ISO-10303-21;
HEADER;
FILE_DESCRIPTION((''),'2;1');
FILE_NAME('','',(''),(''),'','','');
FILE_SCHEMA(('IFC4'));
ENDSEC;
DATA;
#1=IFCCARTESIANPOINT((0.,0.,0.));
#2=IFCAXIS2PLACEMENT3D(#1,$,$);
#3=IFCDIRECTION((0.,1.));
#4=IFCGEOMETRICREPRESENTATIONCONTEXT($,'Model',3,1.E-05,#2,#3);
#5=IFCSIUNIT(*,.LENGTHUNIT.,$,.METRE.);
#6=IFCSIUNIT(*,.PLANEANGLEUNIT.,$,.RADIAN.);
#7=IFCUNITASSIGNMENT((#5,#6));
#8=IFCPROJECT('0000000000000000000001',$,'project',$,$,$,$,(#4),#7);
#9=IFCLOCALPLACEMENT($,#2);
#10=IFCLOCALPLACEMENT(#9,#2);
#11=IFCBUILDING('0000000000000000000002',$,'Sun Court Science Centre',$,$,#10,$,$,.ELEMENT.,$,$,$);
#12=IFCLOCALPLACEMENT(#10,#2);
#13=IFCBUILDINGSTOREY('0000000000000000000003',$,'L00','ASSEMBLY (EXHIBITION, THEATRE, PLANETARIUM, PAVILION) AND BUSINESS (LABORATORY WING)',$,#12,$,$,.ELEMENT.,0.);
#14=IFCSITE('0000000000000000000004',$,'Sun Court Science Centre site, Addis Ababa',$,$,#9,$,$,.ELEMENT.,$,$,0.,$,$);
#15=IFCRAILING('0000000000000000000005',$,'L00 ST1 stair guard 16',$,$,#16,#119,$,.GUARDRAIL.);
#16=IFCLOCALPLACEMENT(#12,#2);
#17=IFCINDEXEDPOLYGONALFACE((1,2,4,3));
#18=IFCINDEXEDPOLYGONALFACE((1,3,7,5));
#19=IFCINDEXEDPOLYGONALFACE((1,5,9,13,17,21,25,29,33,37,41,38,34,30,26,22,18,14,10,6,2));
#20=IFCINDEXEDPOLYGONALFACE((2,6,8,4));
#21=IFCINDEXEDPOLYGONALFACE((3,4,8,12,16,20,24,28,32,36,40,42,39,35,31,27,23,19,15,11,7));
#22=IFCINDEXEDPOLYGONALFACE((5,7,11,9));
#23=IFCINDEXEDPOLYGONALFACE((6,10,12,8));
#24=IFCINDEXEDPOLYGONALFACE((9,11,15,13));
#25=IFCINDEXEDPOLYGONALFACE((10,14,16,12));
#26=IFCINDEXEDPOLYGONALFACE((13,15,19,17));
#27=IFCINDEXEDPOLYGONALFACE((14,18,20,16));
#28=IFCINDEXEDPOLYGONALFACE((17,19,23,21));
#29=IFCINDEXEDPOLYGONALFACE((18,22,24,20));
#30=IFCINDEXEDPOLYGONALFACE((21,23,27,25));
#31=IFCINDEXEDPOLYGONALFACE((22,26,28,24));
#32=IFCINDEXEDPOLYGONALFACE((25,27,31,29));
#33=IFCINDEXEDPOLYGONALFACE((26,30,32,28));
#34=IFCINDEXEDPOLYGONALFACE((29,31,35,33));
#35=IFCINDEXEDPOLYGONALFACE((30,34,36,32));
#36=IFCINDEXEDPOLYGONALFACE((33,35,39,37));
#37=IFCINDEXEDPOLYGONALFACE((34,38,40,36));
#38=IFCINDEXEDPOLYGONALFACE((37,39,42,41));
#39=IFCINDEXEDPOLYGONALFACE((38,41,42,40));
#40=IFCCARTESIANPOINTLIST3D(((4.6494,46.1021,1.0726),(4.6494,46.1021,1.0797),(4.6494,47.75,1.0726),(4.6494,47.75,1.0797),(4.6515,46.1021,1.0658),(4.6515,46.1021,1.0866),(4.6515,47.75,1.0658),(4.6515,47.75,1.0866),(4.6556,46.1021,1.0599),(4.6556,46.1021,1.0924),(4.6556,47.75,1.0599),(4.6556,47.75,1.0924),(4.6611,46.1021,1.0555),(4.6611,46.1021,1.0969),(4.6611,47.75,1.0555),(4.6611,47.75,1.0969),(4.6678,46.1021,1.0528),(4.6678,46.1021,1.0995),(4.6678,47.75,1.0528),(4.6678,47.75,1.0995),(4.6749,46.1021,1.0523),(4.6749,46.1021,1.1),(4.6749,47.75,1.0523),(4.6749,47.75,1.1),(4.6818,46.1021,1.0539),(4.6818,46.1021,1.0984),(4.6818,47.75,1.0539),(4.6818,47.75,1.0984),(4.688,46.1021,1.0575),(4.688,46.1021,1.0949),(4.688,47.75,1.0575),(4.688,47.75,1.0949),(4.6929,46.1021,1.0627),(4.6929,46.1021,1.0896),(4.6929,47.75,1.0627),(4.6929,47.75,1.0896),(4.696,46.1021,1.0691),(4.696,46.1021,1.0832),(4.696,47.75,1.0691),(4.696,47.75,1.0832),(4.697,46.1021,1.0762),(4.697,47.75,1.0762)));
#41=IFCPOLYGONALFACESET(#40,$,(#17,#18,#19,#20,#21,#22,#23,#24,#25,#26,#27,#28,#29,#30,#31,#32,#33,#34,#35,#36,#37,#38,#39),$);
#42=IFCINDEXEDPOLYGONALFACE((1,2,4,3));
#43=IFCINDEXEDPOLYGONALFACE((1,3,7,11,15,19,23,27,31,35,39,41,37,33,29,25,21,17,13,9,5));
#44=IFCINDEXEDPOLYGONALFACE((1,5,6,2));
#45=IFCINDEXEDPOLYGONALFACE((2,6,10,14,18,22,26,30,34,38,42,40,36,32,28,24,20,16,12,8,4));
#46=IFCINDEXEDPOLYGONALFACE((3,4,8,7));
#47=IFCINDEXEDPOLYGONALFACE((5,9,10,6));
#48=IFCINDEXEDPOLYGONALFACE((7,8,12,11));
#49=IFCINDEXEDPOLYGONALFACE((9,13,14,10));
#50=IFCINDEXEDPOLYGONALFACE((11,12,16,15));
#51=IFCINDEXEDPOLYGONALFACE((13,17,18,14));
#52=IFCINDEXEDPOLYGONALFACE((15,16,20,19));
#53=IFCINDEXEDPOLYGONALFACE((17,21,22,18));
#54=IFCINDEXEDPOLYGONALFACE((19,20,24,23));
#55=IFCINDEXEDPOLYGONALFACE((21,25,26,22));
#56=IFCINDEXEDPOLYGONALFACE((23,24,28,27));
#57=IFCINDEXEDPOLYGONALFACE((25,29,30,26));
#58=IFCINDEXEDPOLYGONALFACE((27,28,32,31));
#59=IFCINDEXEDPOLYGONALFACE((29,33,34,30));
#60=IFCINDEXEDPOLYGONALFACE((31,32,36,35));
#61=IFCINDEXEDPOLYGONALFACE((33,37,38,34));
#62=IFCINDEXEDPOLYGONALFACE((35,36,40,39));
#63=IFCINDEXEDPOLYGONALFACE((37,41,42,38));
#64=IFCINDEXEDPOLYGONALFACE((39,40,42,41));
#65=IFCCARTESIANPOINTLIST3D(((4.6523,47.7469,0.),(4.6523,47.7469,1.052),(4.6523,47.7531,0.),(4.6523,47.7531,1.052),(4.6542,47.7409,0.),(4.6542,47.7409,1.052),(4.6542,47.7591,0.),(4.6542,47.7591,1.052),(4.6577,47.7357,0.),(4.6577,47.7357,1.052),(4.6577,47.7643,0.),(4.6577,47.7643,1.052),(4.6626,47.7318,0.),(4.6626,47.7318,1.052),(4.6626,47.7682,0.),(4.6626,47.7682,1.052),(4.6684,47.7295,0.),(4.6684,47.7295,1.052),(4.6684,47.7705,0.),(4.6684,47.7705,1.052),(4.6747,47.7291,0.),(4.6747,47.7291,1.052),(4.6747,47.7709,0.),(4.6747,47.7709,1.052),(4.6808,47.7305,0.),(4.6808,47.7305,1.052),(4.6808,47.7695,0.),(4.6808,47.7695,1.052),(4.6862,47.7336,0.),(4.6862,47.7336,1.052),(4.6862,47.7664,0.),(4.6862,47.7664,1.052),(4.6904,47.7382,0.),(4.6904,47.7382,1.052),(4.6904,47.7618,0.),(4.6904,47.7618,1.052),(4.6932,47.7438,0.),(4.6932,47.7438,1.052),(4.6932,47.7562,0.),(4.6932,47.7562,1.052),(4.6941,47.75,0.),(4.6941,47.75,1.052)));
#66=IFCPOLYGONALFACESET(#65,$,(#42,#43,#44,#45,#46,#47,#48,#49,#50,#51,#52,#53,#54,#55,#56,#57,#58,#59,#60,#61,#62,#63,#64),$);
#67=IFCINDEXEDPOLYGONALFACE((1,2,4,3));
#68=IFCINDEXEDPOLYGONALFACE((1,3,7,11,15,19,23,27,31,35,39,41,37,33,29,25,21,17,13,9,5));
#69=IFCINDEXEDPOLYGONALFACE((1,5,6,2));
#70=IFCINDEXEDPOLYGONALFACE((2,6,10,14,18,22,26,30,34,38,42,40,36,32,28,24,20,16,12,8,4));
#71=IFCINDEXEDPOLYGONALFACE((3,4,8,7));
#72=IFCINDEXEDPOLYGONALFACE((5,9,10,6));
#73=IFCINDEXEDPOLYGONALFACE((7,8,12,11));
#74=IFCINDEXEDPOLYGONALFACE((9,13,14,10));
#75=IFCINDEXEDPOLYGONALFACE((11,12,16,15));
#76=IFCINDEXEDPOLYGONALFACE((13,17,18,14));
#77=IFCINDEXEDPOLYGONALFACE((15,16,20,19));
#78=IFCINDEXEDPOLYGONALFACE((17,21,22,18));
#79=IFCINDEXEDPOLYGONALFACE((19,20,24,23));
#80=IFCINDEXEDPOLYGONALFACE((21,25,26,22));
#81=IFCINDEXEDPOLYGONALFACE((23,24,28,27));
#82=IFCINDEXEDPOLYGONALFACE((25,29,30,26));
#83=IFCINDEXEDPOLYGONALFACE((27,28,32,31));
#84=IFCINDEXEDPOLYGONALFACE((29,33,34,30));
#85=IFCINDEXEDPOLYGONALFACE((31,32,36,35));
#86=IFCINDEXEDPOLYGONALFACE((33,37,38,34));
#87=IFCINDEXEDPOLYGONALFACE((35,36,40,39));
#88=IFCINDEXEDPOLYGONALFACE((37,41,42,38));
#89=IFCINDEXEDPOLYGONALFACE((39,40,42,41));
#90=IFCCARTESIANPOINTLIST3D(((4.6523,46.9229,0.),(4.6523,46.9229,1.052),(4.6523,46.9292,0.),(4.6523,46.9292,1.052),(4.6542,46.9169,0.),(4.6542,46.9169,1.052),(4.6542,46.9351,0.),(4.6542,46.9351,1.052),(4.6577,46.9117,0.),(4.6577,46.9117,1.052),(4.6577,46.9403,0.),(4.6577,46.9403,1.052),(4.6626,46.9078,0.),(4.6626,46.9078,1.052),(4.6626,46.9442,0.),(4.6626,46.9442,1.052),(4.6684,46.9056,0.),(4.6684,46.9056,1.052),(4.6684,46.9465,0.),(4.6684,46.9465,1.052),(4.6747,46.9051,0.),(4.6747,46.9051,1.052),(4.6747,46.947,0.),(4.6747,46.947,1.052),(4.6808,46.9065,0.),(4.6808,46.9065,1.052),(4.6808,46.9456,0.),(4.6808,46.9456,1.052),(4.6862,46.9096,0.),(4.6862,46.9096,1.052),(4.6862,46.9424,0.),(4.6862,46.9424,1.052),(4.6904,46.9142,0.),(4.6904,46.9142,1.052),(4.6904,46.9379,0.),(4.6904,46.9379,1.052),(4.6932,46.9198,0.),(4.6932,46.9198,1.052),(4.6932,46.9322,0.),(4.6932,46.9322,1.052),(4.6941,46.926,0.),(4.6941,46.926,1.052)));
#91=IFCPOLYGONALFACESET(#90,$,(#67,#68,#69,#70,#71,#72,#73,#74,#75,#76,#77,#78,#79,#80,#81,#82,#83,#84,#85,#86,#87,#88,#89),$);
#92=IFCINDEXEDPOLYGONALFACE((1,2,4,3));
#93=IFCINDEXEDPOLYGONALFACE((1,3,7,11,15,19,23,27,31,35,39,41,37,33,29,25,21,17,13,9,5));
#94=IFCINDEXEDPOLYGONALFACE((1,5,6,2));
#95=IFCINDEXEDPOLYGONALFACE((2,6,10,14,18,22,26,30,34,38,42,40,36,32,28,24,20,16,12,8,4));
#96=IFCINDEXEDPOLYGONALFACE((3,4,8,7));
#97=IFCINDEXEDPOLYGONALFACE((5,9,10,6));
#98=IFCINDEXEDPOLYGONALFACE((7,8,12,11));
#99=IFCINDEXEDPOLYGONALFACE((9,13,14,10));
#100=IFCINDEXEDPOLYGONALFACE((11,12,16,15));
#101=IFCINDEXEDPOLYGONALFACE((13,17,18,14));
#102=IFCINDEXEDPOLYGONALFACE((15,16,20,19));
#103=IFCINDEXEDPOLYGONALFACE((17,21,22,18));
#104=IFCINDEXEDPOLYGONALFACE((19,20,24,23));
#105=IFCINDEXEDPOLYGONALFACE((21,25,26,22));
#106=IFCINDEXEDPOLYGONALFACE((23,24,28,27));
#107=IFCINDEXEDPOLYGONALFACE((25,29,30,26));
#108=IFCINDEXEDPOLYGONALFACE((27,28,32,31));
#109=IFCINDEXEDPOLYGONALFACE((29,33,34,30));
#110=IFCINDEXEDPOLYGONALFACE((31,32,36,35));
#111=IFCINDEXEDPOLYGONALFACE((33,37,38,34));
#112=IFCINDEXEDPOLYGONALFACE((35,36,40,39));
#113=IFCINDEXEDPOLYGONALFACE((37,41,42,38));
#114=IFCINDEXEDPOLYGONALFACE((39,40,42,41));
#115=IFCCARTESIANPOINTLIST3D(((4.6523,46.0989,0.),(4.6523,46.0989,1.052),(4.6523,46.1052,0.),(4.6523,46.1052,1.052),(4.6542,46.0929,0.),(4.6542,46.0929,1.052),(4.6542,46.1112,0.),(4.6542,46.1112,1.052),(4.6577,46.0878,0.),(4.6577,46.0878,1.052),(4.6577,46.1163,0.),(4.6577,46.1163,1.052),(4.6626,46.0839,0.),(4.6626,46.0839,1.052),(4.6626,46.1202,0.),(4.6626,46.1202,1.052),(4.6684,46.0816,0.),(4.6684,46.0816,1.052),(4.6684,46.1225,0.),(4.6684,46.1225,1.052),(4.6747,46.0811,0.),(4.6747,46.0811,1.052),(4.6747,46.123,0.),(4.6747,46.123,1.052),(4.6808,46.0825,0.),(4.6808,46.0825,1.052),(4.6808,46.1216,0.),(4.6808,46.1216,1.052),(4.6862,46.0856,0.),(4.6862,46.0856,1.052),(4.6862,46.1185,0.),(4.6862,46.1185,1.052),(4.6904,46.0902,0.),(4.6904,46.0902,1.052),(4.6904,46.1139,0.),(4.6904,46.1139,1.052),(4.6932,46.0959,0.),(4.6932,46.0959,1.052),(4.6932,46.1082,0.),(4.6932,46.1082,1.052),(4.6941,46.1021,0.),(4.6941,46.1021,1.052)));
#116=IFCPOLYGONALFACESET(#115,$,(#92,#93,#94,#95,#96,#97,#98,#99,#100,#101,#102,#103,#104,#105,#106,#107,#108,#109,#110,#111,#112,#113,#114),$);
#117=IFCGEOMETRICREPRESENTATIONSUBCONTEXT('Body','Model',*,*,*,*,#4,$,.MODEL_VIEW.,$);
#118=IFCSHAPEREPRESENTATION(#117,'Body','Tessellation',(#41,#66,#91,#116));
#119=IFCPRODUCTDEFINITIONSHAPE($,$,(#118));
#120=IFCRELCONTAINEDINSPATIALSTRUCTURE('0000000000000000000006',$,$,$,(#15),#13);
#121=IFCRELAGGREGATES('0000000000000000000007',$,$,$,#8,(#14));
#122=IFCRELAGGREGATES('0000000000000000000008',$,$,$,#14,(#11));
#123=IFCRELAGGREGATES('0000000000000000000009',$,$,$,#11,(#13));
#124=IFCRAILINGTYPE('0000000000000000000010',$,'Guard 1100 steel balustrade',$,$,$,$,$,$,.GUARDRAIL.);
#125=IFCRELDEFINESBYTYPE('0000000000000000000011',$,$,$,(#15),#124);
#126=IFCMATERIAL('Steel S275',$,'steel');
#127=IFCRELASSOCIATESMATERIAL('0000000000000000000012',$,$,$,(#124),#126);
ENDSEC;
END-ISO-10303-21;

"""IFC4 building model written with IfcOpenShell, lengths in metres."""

from ifc_helpers import new_model, si_unit, direction, frame, origin, origin_2d, place, context, subcontext, project, spatial, circle, extrude, material, type_object, element, save


model = new_model("IFC4")

# Units and contexts
model_context = context("Model", 3, precision=1e-05, world=origin(), true_north=direction((0.0, 1.0)))
body_context = subcontext(model_context, "Body", "Model", "MODEL_VIEW")
ifc_project = project(units=[si_unit("LENGTHUNIT", "METRE"), si_unit("PLANEANGLEUNIT", "RADIAN")], contexts=[model_context])

# Site, building, storey
site_placement = place(None, origin())
site = spatial("IfcSite", under=ifc_project, at=site_placement, Name="Sun Court Science Centre site, Addis Ababa", CompositionType="ELEMENT", RefElevation=0.0)
building_placement = place(site_placement, origin())
building = spatial("IfcBuilding", under=site, at=building_placement, Name="Sun Court Science Centre", CompositionType="ELEMENT")
storey_placement = place(building_placement, origin())
storey = spatial("IfcBuildingStorey", under=building, at=storey_placement, Name="L00", Description="ASSEMBLY (EXHIBITION, THEATRE, PLANETARIUM, PAVILION) AND BUSINESS (LABORATORY WING)", CompositionType="ELEMENT", Elevation=0.0)

# Railing
ifc_material_1 = material(Name="Steel S275", Category="steel")
railing_type_1 = type_object("IfcRailingType", Name="Guard 1100 steel balustrade", PredefinedType="GUARDRAIL", material=ifc_material_1)
for number, where, name in (
    (1, (4.6731, 47.75, 0.0), "L00 ST1 stair guard 16"),
):
    element("IfcRailing", number, at=place(storey_placement, frame(where)), inside=storey, type_object=railing_type_1, Name=name, PredefinedType="GUARDRAIL", context=body_context, shape_type="SweptSolid", body=[
        extrude(circle(Radius=0.0239, at=origin_2d()), frame((0.0, 0.0, 1.0762), z_axis=(0.0, -1.0, 0.0), x_axis=(1.0, 0.0, 0.0)), (0.0, 0.0, 1.0), 1.6479),
        extrude(circle(Radius=0.021, at=origin_2d()), origin(), (0.0, 0.0, 1.0), 1.052),
        extrude(circle(Radius=0.021, at=origin_2d()), frame((0.0, -0.824, 0.0)), (0.0, 0.0, 1.0), 1.052),
        extrude(circle(Radius=0.021, at=origin_2d()), frame((0.0, -1.6479, 0.0)), (0.0, 0.0, 1.0), 1.052),
    ])

save(model, "model.ifc")
